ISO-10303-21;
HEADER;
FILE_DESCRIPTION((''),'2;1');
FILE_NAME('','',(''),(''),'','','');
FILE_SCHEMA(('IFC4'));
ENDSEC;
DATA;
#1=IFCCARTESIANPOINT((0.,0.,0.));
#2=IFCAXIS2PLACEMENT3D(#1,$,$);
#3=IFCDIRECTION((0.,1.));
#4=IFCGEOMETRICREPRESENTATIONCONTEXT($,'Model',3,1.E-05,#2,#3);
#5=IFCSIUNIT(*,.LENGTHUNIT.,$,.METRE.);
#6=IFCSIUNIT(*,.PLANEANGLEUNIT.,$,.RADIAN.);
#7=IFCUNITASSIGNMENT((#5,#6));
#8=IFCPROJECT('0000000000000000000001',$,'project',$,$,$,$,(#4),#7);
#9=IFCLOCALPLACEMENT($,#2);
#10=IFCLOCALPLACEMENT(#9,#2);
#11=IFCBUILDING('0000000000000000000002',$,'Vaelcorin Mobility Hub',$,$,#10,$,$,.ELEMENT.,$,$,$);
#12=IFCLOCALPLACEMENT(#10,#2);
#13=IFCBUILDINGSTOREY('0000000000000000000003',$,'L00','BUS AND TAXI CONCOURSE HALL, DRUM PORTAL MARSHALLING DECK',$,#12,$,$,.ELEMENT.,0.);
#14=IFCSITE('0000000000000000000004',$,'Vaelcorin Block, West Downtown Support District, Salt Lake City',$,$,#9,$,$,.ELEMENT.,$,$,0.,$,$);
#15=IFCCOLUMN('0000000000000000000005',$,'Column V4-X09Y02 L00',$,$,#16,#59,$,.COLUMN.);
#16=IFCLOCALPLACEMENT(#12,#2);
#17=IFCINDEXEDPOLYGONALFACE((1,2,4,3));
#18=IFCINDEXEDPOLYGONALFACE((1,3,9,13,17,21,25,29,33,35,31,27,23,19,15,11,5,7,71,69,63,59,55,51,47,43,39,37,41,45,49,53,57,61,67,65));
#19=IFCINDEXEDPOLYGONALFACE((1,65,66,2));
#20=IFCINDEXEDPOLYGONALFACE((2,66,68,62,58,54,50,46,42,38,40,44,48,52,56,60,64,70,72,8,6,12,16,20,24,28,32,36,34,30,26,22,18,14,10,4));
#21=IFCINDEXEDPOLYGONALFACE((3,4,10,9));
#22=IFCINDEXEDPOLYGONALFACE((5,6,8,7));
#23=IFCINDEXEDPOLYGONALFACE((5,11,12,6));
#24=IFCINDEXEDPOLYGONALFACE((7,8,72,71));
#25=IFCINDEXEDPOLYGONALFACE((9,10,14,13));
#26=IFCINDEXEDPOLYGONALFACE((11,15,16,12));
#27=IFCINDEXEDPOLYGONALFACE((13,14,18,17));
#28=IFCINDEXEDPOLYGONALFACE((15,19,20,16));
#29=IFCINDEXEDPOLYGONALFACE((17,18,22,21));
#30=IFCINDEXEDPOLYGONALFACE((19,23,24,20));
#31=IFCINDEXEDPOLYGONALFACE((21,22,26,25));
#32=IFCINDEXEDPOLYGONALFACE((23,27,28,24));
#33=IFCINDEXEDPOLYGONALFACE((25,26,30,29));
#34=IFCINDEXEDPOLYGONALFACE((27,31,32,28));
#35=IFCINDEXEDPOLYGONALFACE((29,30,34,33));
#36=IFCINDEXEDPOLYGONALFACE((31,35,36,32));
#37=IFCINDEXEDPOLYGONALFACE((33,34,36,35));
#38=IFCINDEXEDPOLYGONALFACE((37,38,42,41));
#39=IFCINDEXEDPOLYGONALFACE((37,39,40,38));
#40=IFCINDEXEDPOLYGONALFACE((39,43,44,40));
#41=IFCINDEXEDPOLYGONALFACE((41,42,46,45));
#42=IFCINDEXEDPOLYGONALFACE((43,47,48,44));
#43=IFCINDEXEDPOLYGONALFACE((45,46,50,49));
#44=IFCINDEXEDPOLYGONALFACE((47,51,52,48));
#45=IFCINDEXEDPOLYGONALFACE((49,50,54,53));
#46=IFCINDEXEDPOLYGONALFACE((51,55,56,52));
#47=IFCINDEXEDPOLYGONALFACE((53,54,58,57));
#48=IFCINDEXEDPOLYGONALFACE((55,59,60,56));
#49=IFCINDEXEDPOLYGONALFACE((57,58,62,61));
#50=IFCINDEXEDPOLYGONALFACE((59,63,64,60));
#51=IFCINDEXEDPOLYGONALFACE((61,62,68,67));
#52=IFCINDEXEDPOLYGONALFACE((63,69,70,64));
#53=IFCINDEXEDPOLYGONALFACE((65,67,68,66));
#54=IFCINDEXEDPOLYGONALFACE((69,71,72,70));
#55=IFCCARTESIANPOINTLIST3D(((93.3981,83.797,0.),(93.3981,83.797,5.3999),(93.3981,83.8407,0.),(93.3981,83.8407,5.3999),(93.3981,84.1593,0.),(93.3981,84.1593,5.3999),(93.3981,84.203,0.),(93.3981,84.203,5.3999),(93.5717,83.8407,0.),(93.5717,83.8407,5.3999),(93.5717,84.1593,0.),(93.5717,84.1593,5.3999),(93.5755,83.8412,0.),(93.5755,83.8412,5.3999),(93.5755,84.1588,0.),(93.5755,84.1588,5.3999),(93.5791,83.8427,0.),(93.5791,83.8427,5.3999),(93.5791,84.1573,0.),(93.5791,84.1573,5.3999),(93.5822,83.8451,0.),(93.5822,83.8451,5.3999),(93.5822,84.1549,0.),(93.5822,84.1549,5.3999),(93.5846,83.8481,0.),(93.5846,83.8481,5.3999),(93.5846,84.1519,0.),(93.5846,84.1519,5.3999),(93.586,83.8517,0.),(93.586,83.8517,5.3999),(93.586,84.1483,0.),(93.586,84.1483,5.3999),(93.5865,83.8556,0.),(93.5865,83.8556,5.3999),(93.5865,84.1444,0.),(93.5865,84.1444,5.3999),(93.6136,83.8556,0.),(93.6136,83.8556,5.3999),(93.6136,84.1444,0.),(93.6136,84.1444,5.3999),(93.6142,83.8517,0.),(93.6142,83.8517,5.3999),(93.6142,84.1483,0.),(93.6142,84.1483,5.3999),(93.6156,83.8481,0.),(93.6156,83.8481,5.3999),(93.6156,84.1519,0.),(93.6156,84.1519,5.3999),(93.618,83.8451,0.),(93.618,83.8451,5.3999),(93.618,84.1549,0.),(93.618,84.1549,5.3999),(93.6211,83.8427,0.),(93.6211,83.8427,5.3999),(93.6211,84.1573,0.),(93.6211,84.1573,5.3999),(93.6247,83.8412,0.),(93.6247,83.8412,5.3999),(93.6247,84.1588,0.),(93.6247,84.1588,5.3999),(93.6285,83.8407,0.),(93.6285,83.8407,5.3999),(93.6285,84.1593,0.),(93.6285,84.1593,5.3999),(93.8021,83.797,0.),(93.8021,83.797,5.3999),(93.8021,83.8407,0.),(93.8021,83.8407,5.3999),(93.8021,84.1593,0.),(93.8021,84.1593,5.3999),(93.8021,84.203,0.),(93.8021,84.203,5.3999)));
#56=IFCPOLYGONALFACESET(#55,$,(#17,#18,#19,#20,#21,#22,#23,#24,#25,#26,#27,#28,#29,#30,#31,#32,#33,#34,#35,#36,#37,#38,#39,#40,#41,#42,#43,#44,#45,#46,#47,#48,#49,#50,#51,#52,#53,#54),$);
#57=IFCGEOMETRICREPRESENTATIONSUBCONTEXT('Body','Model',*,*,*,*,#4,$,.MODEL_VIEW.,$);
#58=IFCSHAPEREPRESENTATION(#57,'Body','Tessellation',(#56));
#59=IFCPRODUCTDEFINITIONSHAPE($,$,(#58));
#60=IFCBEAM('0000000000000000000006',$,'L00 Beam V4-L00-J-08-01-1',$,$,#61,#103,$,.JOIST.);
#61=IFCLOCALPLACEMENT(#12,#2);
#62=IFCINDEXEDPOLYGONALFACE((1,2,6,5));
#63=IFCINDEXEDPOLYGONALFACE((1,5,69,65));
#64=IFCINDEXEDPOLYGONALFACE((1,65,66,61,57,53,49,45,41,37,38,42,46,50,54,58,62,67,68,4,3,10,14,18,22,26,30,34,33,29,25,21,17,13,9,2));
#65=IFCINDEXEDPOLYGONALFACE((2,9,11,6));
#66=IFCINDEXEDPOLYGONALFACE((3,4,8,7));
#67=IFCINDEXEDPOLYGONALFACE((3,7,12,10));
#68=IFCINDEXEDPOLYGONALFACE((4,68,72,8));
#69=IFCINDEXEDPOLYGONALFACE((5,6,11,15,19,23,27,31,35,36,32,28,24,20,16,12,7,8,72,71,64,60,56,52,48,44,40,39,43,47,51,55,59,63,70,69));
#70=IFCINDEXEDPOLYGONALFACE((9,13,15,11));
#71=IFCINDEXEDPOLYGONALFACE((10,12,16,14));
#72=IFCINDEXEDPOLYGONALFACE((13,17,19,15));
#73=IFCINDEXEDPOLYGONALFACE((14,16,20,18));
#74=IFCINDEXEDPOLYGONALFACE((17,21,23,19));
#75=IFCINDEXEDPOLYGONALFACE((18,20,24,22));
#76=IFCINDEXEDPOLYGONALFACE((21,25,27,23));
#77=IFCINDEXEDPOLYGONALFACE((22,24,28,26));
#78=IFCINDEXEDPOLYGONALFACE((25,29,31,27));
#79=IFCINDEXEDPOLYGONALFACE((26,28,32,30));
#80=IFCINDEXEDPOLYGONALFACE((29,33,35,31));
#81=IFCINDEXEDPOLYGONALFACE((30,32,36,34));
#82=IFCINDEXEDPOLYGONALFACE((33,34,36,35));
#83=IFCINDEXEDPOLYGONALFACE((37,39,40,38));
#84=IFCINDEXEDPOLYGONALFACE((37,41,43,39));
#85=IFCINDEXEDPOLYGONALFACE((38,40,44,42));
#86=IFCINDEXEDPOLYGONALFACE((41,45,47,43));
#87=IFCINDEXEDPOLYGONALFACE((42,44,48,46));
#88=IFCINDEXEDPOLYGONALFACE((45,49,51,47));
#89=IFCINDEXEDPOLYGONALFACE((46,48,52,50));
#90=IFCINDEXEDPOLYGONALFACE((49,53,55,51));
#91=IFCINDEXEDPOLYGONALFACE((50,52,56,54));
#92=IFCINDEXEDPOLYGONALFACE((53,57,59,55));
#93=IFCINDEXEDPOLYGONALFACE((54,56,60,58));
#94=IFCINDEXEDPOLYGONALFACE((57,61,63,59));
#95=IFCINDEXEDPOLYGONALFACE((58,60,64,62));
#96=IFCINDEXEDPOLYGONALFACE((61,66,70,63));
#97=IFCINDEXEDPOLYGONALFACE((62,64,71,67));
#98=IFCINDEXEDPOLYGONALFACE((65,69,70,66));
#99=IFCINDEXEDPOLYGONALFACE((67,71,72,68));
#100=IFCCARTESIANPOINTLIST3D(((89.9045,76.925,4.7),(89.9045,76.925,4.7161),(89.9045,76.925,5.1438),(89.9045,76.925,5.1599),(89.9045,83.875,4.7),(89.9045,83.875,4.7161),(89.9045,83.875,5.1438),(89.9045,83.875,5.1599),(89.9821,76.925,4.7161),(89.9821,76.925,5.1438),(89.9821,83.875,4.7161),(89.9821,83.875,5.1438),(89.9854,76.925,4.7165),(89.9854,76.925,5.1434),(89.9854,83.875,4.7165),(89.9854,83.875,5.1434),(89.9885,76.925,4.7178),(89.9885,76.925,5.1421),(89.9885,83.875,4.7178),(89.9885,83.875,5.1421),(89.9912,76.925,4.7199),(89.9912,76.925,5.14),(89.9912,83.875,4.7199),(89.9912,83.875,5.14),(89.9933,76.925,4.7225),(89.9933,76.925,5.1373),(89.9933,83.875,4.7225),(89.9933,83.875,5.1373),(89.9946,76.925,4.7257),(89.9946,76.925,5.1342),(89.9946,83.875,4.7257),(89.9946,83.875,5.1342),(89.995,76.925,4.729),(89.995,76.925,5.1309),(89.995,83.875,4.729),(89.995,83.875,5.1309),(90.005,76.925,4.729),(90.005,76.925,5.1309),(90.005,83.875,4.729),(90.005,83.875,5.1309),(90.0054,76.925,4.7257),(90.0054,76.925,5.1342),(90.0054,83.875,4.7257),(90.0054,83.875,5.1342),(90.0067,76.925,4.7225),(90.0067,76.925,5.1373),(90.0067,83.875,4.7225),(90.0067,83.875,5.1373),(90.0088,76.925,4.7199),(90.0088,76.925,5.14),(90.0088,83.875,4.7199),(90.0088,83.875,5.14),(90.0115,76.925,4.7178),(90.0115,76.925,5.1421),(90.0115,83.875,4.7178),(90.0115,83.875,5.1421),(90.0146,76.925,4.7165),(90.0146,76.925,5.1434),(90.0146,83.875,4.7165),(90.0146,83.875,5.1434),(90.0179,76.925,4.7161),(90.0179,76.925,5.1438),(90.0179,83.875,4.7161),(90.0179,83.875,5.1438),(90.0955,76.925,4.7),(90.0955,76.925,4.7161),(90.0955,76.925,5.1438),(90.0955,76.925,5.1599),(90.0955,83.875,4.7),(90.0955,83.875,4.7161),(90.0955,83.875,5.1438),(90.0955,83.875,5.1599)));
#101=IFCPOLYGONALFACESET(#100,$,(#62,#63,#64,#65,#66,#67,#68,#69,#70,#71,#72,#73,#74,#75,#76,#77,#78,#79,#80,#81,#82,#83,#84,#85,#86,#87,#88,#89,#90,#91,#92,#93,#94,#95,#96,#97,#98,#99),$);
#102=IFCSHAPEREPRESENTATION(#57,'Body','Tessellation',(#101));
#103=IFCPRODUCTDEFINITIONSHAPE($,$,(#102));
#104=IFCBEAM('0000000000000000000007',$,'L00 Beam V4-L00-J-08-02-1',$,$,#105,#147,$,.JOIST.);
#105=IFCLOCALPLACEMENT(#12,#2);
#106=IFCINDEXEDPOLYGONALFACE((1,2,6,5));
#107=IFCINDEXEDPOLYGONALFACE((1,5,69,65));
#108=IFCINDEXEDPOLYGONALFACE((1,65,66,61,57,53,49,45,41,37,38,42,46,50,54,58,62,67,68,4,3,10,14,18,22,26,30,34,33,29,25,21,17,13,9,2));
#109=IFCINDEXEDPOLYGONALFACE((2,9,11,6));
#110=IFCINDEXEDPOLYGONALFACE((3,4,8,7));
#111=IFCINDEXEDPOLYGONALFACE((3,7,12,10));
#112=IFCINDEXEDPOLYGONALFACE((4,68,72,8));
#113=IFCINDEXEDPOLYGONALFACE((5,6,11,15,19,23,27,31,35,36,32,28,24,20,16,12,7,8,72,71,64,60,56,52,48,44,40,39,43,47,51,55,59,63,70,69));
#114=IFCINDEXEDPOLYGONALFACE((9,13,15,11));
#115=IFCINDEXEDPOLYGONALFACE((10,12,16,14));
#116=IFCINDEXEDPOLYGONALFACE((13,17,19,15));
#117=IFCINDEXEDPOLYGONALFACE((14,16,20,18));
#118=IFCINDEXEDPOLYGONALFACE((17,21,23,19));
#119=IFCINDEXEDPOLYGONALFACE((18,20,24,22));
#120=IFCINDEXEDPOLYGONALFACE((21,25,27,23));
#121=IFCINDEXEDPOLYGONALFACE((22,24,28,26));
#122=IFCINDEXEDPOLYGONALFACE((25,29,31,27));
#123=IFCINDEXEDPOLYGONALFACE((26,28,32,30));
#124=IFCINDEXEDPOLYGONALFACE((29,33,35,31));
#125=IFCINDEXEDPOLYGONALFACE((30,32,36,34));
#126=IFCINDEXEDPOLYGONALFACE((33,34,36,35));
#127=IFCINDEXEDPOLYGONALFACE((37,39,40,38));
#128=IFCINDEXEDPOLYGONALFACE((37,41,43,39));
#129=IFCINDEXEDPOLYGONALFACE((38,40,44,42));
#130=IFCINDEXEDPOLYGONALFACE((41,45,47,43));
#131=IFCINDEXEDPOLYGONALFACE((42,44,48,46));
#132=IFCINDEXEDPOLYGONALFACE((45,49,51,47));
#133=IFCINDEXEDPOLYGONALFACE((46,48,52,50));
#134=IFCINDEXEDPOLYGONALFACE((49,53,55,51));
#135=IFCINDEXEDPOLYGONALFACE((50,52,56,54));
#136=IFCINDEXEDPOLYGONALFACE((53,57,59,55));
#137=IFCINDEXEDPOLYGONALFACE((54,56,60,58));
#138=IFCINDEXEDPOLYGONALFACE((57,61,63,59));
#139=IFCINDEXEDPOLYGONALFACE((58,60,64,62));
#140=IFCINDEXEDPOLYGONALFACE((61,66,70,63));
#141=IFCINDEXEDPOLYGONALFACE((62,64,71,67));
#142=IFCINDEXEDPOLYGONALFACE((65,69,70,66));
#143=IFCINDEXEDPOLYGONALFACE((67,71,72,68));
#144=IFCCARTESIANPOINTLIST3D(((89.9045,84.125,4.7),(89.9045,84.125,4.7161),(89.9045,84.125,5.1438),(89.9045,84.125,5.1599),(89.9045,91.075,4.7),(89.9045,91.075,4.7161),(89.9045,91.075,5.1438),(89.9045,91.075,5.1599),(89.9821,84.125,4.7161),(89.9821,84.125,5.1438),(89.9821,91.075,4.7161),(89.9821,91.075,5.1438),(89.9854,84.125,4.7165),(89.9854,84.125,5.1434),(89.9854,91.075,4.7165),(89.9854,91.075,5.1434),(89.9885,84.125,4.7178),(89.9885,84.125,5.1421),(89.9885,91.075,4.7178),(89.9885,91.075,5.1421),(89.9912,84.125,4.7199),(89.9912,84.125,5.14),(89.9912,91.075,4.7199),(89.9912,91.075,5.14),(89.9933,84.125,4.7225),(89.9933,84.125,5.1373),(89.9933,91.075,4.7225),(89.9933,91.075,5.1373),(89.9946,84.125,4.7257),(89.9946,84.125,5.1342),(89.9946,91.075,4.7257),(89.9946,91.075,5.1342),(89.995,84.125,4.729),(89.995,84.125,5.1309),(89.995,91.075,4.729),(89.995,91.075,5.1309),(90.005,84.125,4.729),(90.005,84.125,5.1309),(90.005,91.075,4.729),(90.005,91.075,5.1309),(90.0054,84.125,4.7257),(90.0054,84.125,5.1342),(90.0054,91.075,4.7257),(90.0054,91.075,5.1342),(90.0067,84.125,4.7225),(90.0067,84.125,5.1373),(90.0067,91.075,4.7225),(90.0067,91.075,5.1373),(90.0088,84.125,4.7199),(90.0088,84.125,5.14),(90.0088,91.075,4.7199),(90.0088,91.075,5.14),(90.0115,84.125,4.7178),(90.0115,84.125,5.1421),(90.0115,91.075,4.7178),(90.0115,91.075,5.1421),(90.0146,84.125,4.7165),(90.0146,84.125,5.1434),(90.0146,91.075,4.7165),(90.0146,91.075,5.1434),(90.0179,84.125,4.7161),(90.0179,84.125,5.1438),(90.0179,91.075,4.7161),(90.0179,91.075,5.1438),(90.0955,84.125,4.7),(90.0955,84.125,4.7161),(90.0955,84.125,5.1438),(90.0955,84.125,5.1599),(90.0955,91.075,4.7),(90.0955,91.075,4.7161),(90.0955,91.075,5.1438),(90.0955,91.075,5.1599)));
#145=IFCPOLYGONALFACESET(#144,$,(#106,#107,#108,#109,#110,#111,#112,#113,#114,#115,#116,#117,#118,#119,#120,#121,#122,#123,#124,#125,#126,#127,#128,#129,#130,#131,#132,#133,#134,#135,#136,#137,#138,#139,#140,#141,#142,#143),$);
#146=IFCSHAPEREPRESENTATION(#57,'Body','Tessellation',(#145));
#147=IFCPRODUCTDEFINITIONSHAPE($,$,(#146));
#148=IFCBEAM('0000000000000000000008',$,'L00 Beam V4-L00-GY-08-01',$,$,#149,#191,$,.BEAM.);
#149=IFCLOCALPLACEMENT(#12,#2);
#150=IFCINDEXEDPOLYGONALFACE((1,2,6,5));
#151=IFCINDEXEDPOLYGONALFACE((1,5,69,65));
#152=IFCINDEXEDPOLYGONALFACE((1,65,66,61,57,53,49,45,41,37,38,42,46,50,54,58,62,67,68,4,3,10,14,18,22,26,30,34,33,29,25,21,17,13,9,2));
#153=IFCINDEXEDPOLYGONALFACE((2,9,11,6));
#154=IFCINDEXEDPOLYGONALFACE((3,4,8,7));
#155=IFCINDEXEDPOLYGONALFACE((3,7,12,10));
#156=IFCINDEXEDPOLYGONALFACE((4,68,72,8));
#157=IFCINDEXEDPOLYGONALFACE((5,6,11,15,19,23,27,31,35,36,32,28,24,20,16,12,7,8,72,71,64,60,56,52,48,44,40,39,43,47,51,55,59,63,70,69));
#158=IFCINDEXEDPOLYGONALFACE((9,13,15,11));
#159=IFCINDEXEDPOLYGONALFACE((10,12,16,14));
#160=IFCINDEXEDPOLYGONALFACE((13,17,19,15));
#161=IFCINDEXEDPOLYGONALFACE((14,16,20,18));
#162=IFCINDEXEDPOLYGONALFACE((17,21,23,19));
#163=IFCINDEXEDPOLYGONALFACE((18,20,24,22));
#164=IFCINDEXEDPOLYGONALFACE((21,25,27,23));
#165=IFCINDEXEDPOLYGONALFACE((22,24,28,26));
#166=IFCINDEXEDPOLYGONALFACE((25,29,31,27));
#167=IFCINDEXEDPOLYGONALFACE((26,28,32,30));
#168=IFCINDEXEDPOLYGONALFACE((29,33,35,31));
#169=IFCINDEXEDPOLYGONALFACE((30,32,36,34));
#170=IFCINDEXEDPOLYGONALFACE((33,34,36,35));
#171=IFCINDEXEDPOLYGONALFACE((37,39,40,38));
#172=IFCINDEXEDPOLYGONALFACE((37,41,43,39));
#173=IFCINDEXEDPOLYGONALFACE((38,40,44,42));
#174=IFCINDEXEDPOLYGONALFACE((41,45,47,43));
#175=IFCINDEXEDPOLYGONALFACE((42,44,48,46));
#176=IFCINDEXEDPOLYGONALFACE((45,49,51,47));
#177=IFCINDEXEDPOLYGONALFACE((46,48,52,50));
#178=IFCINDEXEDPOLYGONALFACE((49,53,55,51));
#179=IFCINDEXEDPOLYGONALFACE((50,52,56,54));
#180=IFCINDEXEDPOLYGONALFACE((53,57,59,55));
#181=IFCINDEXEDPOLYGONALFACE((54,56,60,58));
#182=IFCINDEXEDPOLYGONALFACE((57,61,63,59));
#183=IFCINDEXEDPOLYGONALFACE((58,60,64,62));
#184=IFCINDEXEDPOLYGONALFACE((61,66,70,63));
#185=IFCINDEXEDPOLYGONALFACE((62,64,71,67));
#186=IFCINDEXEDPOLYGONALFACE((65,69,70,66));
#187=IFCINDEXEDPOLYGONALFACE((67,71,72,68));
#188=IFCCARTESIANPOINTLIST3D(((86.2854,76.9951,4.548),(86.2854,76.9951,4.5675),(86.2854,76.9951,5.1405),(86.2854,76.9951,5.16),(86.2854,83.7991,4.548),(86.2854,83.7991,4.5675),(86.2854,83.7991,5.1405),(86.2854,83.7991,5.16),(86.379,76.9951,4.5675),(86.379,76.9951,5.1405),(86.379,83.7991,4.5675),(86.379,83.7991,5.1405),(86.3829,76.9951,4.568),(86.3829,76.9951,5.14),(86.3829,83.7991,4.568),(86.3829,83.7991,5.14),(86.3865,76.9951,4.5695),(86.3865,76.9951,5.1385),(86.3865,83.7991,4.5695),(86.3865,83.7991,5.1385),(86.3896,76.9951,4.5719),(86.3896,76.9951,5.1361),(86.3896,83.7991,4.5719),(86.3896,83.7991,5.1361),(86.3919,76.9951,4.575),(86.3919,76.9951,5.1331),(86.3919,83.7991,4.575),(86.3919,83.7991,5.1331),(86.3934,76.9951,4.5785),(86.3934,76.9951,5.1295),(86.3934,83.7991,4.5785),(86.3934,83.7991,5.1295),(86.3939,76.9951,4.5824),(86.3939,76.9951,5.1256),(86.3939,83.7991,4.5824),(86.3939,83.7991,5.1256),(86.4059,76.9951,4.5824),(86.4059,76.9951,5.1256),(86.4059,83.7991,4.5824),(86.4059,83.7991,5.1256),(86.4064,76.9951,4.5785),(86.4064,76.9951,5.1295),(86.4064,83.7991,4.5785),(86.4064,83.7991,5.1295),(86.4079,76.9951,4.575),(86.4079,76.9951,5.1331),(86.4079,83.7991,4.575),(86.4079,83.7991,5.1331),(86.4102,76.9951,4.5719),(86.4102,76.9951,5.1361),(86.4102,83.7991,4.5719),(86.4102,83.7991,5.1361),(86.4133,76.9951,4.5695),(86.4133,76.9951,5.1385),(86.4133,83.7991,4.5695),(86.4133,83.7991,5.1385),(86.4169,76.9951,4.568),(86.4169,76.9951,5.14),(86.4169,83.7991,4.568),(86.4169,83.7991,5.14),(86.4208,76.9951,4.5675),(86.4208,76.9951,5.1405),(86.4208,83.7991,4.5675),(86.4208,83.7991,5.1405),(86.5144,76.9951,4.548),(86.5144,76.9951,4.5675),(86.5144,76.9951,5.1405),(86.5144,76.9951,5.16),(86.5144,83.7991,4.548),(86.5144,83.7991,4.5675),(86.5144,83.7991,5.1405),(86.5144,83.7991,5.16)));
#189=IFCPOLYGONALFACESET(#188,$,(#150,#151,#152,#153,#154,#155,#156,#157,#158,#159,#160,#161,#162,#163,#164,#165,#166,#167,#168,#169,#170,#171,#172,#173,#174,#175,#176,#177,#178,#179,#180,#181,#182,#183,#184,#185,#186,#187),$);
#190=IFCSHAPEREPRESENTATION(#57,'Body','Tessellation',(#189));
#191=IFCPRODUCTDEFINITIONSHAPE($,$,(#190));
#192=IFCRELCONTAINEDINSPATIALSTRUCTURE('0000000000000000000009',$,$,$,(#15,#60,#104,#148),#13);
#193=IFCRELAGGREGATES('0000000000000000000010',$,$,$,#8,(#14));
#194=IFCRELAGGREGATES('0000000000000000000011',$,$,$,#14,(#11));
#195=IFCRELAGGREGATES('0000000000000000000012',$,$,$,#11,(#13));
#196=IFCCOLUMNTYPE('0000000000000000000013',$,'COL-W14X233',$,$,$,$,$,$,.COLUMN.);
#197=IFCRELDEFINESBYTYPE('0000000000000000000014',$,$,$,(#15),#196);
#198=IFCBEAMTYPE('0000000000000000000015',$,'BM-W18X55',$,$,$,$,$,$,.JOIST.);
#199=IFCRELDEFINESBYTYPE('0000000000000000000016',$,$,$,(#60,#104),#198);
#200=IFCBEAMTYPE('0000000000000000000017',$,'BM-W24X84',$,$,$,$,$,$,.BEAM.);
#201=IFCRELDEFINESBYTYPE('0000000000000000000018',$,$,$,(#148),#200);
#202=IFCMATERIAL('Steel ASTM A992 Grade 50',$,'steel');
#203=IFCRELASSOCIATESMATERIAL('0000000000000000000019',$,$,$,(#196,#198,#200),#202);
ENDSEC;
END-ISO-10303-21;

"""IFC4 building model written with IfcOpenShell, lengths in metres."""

from ifc_helpers import new_model, si_unit, direction, frame, origin, origin_2d, place, context, subcontext, project, spatial, i_section, extrude, material, material_profile, profile_set, type_object, element, save


model = new_model("IFC4")

# Units and contexts
model_context = context("Model", 3, precision=1e-05, world=origin(), true_north=direction((0.0, 1.0)))
body_context = subcontext(model_context, "Body", "Model", "MODEL_VIEW")
ifc_project = project(units=[si_unit("LENGTHUNIT", "METRE"), si_unit("PLANEANGLEUNIT", "RADIAN")], contexts=[model_context])

# Site, building, storey
site_placement = place(None, origin())
site = spatial("IfcSite", under=ifc_project, at=site_placement, Name="Vaelcorin Block, West Downtown Support District, Salt Lake City", CompositionType="ELEMENT", RefElevation=0.0)
building_placement = place(site_placement, origin())
building = spatial("IfcBuilding", under=site, at=building_placement, Name="Vaelcorin Mobility Hub", CompositionType="ELEMENT")
storey_placement = place(building_placement, origin())
storey = spatial("IfcBuildingStorey", under=building, at=storey_placement, Name="L00", Description="BUS AND TAXI CONCOURSE HALL, DRUM PORTAL MARSHALLING DECK", CompositionType="ELEMENT", Elevation=0.0)

# Column
ifc_material_1 = material(Name="Steel ASTM A992 Grade 50", Category="steel")
ifc_material_profile_1 = material_profile(ifc_material_1, i_section(OverallWidth=0.4041, OverallDepth=0.406, WebThickness=0.0271, FlangeThickness=0.0437, FilletRadius=0.0149, at=origin_2d()), Name="W14X233")
ifc_profile_set_1 = profile_set([ifc_material_profile_1], Name="Steel ASTM A992 Grade 50")
column_type_1 = type_object("IfcColumnType", Name="COL-W14X233", PredefinedType="COLUMN", material=ifc_profile_set_1)
for number, where, z_axis, x_axis, name in (
    (1, (93.6001, 84.0, 0.0), (0.0, 0.0, 1.0), (1.0, 0.0, 0.0), "Column V4-X09Y02 L00"),
):
    element("IfcColumn", number, at=place(storey_placement, frame(where, z_axis=z_axis, x_axis=x_axis)), inside=storey, type_object=column_type_1, Name=name, PredefinedType="COLUMN", context=body_context, shape_type="SweptSolid", body=[
        extrude(i_section(OverallWidth=0.4041, OverallDepth=0.406, WebThickness=0.0271, FlangeThickness=0.0437, FilletRadius=0.0149, at=origin_2d()), origin(), (0.0, 0.0, 1.0), 5.3999),
    ])

# Beams
ifc_material_profile_2 = material_profile(ifc_material_1, i_section(OverallWidth=0.1909, OverallDepth=0.46, WebThickness=0.01, FlangeThickness=0.0161, FilletRadius=0.0129, at=origin_2d()), Name="W18X55")
ifc_profile_set_2 = profile_set([ifc_material_profile_2], Name="Steel ASTM A992 Grade 50")
beam_type_1 = type_object("IfcBeamType", Name="BM-W18X55", PredefinedType="JOIST", material=ifc_profile_set_2)
for number, where, z_axis, x_axis, name in (
    (2, (90.0, 76.925, 4.9299), (0.0, 1.0, 0.0), (-1.0, 0.0, 0.0), "L00 Beam V4-L00-J-08-01-1"),
    (3, (90.0, 84.125, 4.9299), (0.0, 1.0, 0.0), (-1.0, 0.0, 0.0), "L00 Beam V4-L00-J-08-02-1"),
):
    element("IfcBeam", number, at=place(storey_placement, frame(where, z_axis=z_axis, x_axis=x_axis)), inside=storey, type_object=beam_type_1, Name=name, PredefinedType="JOIST", context=body_context, shape_type="SweptSolid", body=[
        extrude(i_section(OverallWidth=0.1909, OverallDepth=0.46, WebThickness=0.01, FlangeThickness=0.0161, FilletRadius=0.0129, at=origin_2d()), origin(), (0.0, 0.0, 1.0), 6.95),
    ])
ifc_material_profile_3 = material_profile(ifc_material_1, i_section(OverallWidth=0.229, OverallDepth=0.6121, WebThickness=0.012, FlangeThickness=0.0195, FilletRadius=0.0149, at=origin_2d()), Name="W24X84")
ifc_profile_set_3 = profile_set([ifc_material_profile_3], Name="Steel ASTM A992 Grade 50")
beam_type_2 = type_object("IfcBeamType", Name="BM-W24X84", PredefinedType="BEAM", material=ifc_profile_set_3)
for number, where, z_axis, x_axis, name in (
    (4, (86.3999, 76.9951, 4.854), (0.0, 1.0, 0.0), (-1.0, 0.0, 0.0), "L00 Beam V4-L00-GY-08-01"),
):
    element("IfcBeam", number, at=place(storey_placement, frame(where, z_axis=z_axis, x_axis=x_axis)), inside=storey, type_object=beam_type_2, Name=name, PredefinedType="BEAM", context=body_context, shape_type="SweptSolid", body=[
        extrude(i_section(OverallWidth=0.229, OverallDepth=0.6121, WebThickness=0.012, FlangeThickness=0.0195, FilletRadius=0.0149, at=origin_2d()), origin(), (0.0, 0.0, 1.0), 6.804),
    ])

save(model, "model.ifc")
